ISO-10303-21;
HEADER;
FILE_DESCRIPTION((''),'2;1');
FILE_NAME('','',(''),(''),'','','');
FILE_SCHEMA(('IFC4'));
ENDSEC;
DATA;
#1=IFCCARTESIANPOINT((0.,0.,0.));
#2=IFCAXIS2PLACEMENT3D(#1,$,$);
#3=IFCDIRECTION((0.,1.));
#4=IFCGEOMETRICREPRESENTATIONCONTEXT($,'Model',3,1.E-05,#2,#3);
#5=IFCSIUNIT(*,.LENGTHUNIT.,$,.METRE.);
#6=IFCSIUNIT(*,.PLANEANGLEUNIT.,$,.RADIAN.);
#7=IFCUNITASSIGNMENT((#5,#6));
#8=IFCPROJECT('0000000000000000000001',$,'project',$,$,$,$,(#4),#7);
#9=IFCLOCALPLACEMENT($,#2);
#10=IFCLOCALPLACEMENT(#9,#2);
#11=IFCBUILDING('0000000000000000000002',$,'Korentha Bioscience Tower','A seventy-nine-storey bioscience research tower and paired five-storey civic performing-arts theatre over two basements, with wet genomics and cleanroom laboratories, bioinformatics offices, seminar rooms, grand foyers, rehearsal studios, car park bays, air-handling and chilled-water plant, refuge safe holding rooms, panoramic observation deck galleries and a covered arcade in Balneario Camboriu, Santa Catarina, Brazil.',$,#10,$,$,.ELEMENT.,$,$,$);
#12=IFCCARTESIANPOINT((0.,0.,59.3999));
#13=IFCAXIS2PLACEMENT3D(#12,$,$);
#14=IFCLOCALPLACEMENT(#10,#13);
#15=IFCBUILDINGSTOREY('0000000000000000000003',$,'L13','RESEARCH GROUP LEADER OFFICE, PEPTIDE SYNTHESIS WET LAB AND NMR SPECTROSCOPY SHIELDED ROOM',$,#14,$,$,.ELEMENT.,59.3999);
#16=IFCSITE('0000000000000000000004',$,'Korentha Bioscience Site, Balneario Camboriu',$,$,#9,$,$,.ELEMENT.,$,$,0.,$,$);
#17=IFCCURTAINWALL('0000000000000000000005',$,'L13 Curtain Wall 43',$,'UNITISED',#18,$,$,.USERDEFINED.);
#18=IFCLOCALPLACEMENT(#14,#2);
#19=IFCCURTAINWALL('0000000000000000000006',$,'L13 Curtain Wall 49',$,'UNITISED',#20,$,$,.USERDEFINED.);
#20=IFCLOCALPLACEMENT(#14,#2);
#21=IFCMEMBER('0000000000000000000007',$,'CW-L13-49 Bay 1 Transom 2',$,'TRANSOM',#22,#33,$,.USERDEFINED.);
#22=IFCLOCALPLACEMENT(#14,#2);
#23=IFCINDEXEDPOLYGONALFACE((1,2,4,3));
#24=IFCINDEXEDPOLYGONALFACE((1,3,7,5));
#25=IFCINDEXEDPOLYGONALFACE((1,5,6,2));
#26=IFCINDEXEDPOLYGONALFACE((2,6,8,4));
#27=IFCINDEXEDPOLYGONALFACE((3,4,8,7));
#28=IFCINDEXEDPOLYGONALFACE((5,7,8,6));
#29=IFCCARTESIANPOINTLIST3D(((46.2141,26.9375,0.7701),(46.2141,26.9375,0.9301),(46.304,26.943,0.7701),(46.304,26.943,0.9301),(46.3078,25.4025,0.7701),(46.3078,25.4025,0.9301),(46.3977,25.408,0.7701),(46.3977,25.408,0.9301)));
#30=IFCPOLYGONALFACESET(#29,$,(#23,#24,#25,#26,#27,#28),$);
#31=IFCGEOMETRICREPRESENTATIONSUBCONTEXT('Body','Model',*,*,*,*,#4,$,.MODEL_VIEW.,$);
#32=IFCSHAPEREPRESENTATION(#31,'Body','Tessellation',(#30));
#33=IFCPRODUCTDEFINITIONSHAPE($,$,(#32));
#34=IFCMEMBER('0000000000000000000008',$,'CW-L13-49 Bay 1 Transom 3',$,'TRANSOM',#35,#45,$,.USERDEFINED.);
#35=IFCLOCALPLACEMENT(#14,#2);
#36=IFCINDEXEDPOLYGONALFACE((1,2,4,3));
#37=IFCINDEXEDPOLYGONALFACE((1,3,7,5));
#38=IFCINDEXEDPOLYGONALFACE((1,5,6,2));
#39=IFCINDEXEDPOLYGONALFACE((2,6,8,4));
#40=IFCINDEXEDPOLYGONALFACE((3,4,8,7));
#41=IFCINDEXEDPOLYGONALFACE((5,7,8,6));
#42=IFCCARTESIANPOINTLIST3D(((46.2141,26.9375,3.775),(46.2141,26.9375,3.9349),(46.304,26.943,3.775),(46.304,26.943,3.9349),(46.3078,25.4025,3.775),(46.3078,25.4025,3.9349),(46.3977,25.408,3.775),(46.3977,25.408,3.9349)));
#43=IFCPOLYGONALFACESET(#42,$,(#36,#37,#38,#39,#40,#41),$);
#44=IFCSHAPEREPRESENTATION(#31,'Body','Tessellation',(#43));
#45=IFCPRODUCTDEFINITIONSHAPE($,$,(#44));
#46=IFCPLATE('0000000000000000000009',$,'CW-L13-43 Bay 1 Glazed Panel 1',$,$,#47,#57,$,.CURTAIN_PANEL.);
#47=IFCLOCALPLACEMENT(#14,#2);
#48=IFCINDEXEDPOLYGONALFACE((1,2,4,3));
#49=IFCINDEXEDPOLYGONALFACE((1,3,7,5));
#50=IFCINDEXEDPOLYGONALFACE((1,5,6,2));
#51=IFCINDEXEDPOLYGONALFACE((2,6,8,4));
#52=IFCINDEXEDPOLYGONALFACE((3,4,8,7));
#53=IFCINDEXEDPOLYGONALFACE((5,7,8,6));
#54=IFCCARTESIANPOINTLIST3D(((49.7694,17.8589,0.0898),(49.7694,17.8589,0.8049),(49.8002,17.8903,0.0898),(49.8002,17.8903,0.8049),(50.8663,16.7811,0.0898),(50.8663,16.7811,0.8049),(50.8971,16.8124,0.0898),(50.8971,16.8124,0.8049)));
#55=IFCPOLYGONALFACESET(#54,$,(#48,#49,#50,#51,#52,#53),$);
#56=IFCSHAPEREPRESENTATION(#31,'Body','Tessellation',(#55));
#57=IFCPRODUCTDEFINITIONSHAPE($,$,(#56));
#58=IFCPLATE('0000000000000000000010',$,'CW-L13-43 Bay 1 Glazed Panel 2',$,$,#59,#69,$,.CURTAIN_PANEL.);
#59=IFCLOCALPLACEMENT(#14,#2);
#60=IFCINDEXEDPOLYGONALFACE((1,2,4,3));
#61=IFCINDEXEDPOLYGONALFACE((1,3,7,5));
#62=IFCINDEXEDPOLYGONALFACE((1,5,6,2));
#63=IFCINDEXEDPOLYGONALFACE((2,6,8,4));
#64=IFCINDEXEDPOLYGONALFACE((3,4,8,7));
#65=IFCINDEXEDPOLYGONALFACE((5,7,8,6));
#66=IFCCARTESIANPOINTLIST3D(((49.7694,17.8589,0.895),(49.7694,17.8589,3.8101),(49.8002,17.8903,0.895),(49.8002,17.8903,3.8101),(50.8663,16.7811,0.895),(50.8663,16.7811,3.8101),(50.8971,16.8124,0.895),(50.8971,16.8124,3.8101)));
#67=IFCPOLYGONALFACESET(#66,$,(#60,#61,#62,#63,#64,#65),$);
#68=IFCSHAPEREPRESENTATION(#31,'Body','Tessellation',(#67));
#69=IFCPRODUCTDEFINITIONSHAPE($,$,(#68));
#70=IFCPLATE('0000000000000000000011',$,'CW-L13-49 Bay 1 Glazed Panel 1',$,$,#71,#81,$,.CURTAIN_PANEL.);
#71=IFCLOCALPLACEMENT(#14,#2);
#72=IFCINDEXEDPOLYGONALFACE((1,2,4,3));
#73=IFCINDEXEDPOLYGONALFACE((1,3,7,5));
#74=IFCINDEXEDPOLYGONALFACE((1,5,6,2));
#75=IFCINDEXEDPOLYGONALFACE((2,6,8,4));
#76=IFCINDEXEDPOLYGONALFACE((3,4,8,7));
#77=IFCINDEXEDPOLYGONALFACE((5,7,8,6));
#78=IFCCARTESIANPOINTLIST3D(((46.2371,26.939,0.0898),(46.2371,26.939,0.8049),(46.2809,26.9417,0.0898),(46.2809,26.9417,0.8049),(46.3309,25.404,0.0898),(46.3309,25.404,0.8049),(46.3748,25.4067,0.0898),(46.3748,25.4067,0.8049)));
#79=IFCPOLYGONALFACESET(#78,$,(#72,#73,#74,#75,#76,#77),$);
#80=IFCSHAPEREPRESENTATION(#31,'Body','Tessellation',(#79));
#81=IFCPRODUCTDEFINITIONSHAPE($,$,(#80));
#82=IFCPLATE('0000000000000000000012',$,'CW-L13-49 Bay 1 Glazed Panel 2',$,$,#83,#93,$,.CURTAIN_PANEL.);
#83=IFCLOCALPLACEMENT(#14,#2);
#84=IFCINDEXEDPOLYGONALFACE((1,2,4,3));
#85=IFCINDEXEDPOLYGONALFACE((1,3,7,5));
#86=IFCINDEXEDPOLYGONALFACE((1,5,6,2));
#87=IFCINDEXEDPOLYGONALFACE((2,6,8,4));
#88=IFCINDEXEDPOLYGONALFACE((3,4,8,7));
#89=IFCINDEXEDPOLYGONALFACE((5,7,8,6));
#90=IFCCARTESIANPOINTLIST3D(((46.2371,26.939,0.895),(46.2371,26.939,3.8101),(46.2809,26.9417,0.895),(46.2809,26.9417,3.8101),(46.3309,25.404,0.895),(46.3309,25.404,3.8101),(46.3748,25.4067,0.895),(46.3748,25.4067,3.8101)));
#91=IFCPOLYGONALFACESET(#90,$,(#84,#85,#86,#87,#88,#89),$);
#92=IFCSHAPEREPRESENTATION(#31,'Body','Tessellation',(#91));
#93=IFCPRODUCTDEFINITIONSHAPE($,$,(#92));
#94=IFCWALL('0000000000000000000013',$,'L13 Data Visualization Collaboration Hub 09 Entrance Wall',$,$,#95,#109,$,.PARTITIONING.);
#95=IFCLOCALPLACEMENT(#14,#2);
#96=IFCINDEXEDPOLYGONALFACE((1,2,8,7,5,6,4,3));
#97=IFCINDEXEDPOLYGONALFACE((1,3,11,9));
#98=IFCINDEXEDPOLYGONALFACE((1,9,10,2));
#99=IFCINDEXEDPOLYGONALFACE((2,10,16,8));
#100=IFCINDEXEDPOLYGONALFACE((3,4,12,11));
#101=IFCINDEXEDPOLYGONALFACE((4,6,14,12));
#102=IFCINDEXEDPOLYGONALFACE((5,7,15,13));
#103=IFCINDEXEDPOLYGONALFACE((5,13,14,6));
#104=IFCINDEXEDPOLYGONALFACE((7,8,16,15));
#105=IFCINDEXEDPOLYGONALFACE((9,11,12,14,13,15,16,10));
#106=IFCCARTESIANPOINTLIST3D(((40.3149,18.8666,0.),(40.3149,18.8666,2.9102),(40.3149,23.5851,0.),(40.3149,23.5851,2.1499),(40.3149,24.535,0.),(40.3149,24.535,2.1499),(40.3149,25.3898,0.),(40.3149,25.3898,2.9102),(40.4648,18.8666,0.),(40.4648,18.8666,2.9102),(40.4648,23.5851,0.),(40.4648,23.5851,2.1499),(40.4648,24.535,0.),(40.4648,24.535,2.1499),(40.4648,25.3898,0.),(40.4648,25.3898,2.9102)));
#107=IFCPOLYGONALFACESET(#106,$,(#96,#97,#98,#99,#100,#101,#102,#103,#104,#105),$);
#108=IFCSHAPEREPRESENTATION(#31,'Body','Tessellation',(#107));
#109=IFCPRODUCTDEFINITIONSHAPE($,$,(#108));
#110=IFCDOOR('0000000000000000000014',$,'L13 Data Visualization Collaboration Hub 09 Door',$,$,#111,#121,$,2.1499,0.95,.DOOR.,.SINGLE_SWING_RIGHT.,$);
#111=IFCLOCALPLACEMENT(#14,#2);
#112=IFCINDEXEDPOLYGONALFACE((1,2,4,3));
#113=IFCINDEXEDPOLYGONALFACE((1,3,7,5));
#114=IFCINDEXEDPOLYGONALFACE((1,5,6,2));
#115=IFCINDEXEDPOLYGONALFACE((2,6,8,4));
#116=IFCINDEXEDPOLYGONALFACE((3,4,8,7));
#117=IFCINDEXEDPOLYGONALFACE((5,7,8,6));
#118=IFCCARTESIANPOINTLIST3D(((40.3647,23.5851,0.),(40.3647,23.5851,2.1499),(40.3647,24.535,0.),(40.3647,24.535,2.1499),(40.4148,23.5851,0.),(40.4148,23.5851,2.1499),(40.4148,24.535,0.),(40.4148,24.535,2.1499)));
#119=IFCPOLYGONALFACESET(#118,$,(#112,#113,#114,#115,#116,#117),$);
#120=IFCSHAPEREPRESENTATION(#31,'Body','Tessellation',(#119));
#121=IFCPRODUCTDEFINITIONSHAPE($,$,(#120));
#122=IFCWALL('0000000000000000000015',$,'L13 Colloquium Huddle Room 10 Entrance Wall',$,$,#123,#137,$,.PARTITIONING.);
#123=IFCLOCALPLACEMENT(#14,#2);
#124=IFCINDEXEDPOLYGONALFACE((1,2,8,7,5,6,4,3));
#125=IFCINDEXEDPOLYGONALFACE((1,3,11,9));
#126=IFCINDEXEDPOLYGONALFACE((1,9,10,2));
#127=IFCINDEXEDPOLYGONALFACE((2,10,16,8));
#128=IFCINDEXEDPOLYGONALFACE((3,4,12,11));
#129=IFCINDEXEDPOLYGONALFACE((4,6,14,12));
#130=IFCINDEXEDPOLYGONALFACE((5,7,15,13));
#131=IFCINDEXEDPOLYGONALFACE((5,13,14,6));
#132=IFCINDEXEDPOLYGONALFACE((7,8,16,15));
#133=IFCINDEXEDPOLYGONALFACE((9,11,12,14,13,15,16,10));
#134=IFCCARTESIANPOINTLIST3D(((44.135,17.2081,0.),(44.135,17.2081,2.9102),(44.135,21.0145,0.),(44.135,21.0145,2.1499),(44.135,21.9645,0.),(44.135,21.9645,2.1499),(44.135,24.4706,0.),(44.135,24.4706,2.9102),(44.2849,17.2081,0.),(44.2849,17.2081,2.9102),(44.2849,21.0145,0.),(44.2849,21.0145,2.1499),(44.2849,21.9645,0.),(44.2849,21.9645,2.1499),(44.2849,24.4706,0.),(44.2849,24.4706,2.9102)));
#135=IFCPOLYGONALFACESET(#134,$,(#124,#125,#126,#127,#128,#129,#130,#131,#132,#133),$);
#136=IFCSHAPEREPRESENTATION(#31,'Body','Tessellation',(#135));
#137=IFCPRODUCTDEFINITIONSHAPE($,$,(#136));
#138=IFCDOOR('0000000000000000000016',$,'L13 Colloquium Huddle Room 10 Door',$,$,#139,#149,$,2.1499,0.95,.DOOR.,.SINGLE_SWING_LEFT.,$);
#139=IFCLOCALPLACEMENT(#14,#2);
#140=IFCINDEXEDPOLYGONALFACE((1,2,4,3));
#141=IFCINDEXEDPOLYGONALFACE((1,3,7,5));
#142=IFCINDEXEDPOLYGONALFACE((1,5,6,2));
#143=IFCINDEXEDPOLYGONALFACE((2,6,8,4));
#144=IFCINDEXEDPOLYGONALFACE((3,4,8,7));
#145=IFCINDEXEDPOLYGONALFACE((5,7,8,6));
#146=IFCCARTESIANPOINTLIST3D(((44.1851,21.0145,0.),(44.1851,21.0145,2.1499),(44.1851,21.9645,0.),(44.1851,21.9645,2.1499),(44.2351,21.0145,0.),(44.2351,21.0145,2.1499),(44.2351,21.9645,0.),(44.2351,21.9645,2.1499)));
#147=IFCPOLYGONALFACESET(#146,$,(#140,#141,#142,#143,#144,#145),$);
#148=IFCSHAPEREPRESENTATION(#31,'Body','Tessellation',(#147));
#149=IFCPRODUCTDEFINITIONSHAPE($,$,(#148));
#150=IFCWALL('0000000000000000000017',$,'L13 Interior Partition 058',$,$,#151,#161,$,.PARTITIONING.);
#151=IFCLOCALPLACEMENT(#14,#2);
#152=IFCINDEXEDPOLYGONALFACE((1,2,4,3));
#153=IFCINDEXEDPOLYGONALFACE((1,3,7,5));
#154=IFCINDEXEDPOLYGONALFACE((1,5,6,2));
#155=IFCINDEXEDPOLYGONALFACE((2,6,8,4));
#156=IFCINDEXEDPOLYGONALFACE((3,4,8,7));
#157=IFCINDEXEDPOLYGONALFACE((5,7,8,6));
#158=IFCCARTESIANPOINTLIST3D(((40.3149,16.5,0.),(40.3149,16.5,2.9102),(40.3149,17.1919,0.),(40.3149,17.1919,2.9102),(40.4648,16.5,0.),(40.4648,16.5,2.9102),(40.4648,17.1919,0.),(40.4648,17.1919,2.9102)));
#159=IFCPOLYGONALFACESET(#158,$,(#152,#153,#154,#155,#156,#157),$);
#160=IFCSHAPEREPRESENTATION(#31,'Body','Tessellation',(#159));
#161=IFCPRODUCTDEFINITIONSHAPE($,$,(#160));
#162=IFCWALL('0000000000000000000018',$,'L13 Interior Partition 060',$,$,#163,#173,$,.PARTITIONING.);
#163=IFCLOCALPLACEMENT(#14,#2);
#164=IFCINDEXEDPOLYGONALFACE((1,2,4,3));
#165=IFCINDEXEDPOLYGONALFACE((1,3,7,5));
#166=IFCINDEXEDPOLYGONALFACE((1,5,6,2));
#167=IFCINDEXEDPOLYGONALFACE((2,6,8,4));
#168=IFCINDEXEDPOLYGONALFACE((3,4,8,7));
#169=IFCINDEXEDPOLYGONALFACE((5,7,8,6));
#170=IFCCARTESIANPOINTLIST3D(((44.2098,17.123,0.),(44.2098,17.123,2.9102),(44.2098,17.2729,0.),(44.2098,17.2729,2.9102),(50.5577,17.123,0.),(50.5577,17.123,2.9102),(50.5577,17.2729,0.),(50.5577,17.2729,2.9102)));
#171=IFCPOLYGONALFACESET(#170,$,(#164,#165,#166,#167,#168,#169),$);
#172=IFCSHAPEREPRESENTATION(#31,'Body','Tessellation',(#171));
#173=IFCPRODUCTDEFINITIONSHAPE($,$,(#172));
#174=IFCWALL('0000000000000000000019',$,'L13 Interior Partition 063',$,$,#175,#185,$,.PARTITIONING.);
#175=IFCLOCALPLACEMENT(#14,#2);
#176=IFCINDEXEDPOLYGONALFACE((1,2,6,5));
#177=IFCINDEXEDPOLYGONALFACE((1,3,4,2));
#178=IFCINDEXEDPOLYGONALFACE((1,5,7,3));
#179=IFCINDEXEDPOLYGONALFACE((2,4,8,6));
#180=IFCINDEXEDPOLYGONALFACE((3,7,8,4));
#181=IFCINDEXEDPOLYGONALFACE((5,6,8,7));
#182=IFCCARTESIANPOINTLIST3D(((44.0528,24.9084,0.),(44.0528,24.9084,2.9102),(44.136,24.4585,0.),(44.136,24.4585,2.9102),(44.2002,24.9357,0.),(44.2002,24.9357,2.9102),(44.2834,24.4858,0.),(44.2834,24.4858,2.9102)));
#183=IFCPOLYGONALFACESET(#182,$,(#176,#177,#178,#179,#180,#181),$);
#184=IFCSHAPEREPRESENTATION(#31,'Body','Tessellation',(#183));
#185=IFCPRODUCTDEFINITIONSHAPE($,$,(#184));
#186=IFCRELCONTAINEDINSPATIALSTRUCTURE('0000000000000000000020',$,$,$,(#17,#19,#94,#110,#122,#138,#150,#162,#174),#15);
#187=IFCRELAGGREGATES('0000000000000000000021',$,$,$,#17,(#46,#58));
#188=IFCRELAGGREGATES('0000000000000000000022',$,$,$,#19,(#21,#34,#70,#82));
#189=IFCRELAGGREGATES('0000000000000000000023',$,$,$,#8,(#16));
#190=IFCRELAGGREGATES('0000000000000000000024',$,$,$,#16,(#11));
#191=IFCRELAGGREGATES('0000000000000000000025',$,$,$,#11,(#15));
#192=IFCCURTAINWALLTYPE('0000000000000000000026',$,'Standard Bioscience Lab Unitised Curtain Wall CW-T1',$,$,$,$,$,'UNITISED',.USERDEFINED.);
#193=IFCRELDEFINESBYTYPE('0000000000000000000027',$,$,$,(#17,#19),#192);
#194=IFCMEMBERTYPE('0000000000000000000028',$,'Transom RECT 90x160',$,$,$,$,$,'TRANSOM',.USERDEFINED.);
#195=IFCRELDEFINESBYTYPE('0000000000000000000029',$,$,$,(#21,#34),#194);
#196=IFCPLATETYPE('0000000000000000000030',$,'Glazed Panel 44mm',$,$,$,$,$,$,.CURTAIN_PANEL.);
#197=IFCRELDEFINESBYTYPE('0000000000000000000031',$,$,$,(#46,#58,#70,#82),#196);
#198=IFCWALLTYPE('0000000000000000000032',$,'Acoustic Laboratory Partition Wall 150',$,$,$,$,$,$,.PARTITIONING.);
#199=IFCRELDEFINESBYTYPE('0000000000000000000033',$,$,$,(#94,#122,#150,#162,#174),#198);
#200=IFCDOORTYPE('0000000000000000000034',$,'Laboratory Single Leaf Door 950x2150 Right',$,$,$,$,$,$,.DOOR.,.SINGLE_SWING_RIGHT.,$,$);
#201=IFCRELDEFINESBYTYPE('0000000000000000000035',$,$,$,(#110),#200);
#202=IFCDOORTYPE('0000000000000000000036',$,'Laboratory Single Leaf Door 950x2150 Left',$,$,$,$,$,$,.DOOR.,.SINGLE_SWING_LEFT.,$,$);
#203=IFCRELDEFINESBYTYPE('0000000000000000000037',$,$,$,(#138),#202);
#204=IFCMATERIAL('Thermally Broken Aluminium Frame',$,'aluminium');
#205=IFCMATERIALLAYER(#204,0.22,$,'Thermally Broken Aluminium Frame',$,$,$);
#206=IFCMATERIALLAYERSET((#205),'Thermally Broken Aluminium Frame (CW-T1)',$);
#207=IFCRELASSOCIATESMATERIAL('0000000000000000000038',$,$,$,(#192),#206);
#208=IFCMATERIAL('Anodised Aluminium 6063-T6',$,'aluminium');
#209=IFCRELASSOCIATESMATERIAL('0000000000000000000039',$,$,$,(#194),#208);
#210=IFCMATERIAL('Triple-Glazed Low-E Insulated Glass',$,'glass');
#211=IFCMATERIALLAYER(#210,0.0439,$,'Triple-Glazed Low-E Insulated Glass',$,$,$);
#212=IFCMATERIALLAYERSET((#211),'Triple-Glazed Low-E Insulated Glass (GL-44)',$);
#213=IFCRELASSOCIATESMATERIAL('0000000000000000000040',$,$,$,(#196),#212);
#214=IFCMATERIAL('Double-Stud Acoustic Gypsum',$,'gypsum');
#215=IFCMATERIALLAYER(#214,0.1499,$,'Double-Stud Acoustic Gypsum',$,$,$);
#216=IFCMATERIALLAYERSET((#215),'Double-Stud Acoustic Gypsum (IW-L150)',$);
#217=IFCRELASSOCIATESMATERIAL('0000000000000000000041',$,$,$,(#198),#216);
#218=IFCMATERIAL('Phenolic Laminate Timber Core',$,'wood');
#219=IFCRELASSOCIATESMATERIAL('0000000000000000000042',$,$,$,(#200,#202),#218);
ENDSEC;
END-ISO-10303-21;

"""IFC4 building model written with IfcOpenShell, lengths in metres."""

from ifc_helpers import new_model, si_unit, direction, frame, frame_2d, origin, origin_2d, place, context, subcontext, project, spatial, rectangle, extrude, material, layer, layer_set, material_profile, profile_set, type_object, element, fill, aggregate, save


model = new_model("IFC4")

# Units and contexts
model_context = context("Model", 3, precision=1e-05, world=origin(), true_north=direction((0.0, 1.0)))
body_context = subcontext(model_context, "Body", "Model", "MODEL_VIEW")
ifc_project = project(units=[si_unit("LENGTHUNIT", "METRE"), si_unit("PLANEANGLEUNIT", "RADIAN")], contexts=[model_context])

# Site, building, storey
site_placement = place(None, origin())
site = spatial("IfcSite", under=ifc_project, at=site_placement, Name="Korentha Bioscience Site, Balneario Camboriu", CompositionType="ELEMENT", RefElevation=0.0)
building_placement = place(site_placement, origin())
building = spatial("IfcBuilding", under=site, at=building_placement, Name="Korentha Bioscience Tower", Description="A seventy-nine-storey bioscience research tower and paired five-storey civic performing-arts theatre over two basements, with wet genomics and cleanroom laboratories, bioinformatics offices, seminar rooms, grand foyers, rehearsal studios, car park bays, air-handling and chilled-water plant, refuge safe holding rooms, panoramic observation deck galleries and a covered arcade in Balneario Camboriu, Santa Catarina, Brazil.", CompositionType="ELEMENT")
storey_placement = place(building_placement, frame((0.0, 0.0, 59.3999)))
storey = spatial("IfcBuildingStorey", under=building, at=storey_placement, Name="L13", Description="RESEARCH GROUP LEADER OFFICE, PEPTIDE SYNTHESIS WET LAB AND NMR SPECTROSCOPY SHIELDED ROOM", CompositionType="ELEMENT", Elevation=59.3999)

# Curtain walls
ifc_material_1 = material(Name="Thermally Broken Aluminium Frame", Category="aluminium")
ifc_layer_1 = layer(ifc_material_1, 0.22, Name="Thermally Broken Aluminium Frame")
ifc_layer_set_1 = layer_set([ifc_layer_1], Name="Thermally Broken Aluminium Frame (CW-T1)")
curtain_wall_type = type_object("IfcCurtainWallType", Name="Standard Bioscience Lab Unitised Curtain Wall CW-T1", ElementType="UNITISED", PredefinedType="USERDEFINED", material=ifc_layer_set_1)
curtain_wall_1_placement = place(storey_placement, origin())
curtain_wall_1 = element("IfcCurtainWall", 1, at=curtain_wall_1_placement, inside=storey, type_object=curtain_wall_type, Name="L13 Curtain Wall 43", ObjectType="UNITISED", PredefinedType="USERDEFINED")
ifc_material_2 = material(Name="Anodised Aluminium 6063-T6", Category="aluminium")
curtain_wall_2_placement = place(storey_placement, origin())
curtain_wall_2 = element("IfcCurtainWall", 2, at=curtain_wall_2_placement, inside=storey, type_object=curtain_wall_type, Name="L13 Curtain Wall 49", ObjectType="UNITISED", PredefinedType="USERDEFINED")

# Members
ifc_material_profile_1 = material_profile(ifc_material_2, rectangle(XDim=0.0901, YDim=0.1599, at=origin_2d()), Name="Anodised Aluminium 6063-T6")
ifc_profile_set_1 = profile_set([ifc_material_profile_1], Name="Anodised Aluminium 6063-T6 (CW-TRN)")
member_type_1 = type_object("IfcMemberType", Name="Transom RECT 90x160", ElementType="TRANSOM", PredefinedType="USERDEFINED", material=ifc_profile_set_1)
member_1_placement = place(storey_placement, frame((46.3528, 25.4053, 0.8501), z_axis=(-0.060965, 0.99814, 0.0), x_axis=(-0.99814, -0.060965, 0.0)))
member_1 = element("IfcMember", 3, at=member_1_placement, type_object=member_type_1, Name="CW-L13-49 Bay 1 Transom 2", ObjectType="TRANSOM", PredefinedType="USERDEFINED", context=body_context, shape_type="SweptSolid", body=[
    extrude(rectangle(XDim=0.0901, YDim=0.1599, at=origin_2d()), origin(), (0.0, 0.0, 1.0), 1.5378),
])
member_2_placement = place(storey_placement, frame((46.3528, 25.4053, 3.855), z_axis=(-0.060965, 0.99814, 0.0), x_axis=(-0.99814, -0.060965, 0.0)))
member_2 = element("IfcMember", 4, at=member_2_placement, type_object=member_type_1, Name="CW-L13-49 Bay 1 Transom 3", ObjectType="TRANSOM", PredefinedType="USERDEFINED", context=body_context, shape_type="SweptSolid", body=[
    extrude(rectangle(XDim=0.0901, YDim=0.1599, at=origin_2d()), origin(), (0.0, 0.0, 1.0), 1.5378),
])

# Plates
ifc_material_3 = material(Name="Triple-Glazed Low-E Insulated Glass", Category="glass")
ifc_layer_2 = layer(ifc_material_3, 0.0439, Name="Triple-Glazed Low-E Insulated Glass")
ifc_layer_set_2 = layer_set([ifc_layer_2], Name="Triple-Glazed Low-E Insulated Glass (GL-44)")
plate_type = type_object("IfcPlateType", Name="Glazed Panel 44mm", PredefinedType="CURTAIN_PANEL", material=ifc_layer_set_2)
plate_1_placement = place(storey_placement, frame((50.3333, 17.3357, 0.0898), z_axis=(0.0, 0.0, 1.0), x_axis=(-0.713279, 0.70088, 0.0)))
plate_1 = element("IfcPlate", 5, at=plate_1_placement, type_object=plate_type, Name="CW-L13-43 Bay 1 Glazed Panel 1", PredefinedType="CURTAIN_PANEL", context=body_context, shape_type="SweptSolid", body=[
    extrude(rectangle(XDim=1.5378, YDim=0.0439, at=origin_2d()), origin(), (0.0, 0.0, 1.0), 0.7151),
])
plate_2_placement = place(storey_placement, frame((50.3333, 17.3357, 0.895), z_axis=(0.0, 0.0, 1.0), x_axis=(-0.713279, 0.70088, 0.0)))
plate_2 = element("IfcPlate", 6, at=plate_2_placement, type_object=plate_type, Name="CW-L13-43 Bay 1 Glazed Panel 2", PredefinedType="CURTAIN_PANEL", context=body_context, shape_type="SweptSolid", body=[
    extrude(rectangle(XDim=1.5378, YDim=0.0439, at=origin_2d()), origin(), (0.0, 0.0, 1.0), 2.915),
])
aggregate(curtain_wall_1, [plate_1, plate_2])
plate_3_placement = place(storey_placement, frame((46.3059, 26.1729, 0.0898), z_axis=(0.0, 0.0, 1.0), x_axis=(-0.061008, 0.998137, 0.0)))
plate_3 = element("IfcPlate", 7, at=plate_3_placement, type_object=plate_type, Name="CW-L13-49 Bay 1 Glazed Panel 1", PredefinedType="CURTAIN_PANEL", context=body_context, shape_type="SweptSolid", body=[
    extrude(rectangle(XDim=1.5378, YDim=0.0439, at=origin_2d()), origin(), (0.0, 0.0, 1.0), 0.7151),
])
plate_4_placement = place(storey_placement, frame((46.3059, 26.1729, 0.895), z_axis=(0.0, 0.0, 1.0), x_axis=(-0.061008, 0.998137, 0.0)))
plate_4 = element("IfcPlate", 8, at=plate_4_placement, type_object=plate_type, Name="CW-L13-49 Bay 1 Glazed Panel 2", PredefinedType="CURTAIN_PANEL", context=body_context, shape_type="SweptSolid", body=[
    extrude(rectangle(XDim=1.5378, YDim=0.0439, at=origin_2d()), origin(), (0.0, 0.0, 1.0), 2.915),
])
aggregate(curtain_wall_2, [member_1, member_2, plate_3, plate_4])

# Walls, openings, doors
ifc_material_4 = material(Name="Double-Stud Acoustic Gypsum", Category="gypsum")
ifc_layer_3 = layer(ifc_material_4, 0.1499, Name="Double-Stud Acoustic Gypsum")
ifc_layer_set_3 = layer_set([ifc_layer_3], Name="Double-Stud Acoustic Gypsum (IW-L150)")
wall_type_1 = type_object("IfcWallType", Name="Acoustic Laboratory Partition Wall 150", PredefinedType="PARTITIONING", material=ifc_layer_set_3)
wall_1_placement = place(storey_placement, frame((40.3899, 25.3899, 0.0), z_axis=(0.0, 0.0, 1.0), x_axis=(0.0, -1.0, 0.0)))
wall_1 = element("IfcWall", 9, at=wall_1_placement, inside=storey, type_object=wall_type_1, Name="L13 Data Visualization Collaboration Hub 09 Entrance Wall", PredefinedType="PARTITIONING", context=body_context, shape_type="SweptSolid", body=[
    extrude(rectangle(XDim=6.5232, YDim=0.1499, at=frame_2d((3.2617, 0.0))), origin(), (0.0, 0.0, 1.0), 2.9102),
])
opening_1_placement = place(wall_1_placement, frame((0.8547, 0.0, 0.0)))
opening_1 = element("IfcOpeningElement", 10, at=opening_1_placement, cuts=wall_1, PredefinedType="OPENING", context=body_context, shape_type="SweptSolid", body=[
    extrude(rectangle(XDim=0.95, YDim=2.1499, at=frame_2d((0.4751, 1.075))), frame((0.0, 0.0898, 0.0), z_axis=(0.0, -1.0, 0.0), x_axis=(1.0, 0.0, 0.0)), (0.0, 0.0, 1.0), 0.1797),
])
ifc_material_5 = material(Name="Phenolic Laminate Timber Core", Category="wood")
door_type_1 = type_object("IfcDoorType", Name="Laboratory Single Leaf Door 950x2150 Right", OperationType="SINGLE_SWING_RIGHT", PredefinedType="DOOR", material=ifc_material_5)
door_1_placement = place(opening_1_placement, origin())
door_1 = element("IfcDoor", 11, at=door_1_placement, inside=storey, type_object=door_type_1, Name="L13 Data Visualization Collaboration Hub 09 Door", OperationType="SINGLE_SWING_RIGHT", OverallHeight=2.1499, OverallWidth=0.95, PredefinedType="DOOR", context=body_context, shape_type="SweptSolid", body=[
    extrude(rectangle(XDim=0.95, YDim=2.1499, at=frame_2d((0.4751, 1.075))), frame((0.0, 0.0249, 0.0), z_axis=(0.0, -1.0, 0.0), x_axis=(1.0, 0.0, 0.0)), (0.0, 0.0, 1.0), 0.05),
])
fill(opening_1, door_1)
wall_2_placement = place(storey_placement, frame((44.21, 17.208, 0.0), z_axis=(0.0, 0.0, 1.0), x_axis=(0.0, 1.0, 0.0)))
wall_2 = element("IfcWall", 12, at=wall_2_placement, inside=storey, type_object=wall_type_1, Name="L13 Colloquium Huddle Room 10 Entrance Wall", PredefinedType="PARTITIONING", context=body_context, shape_type="SweptSolid", body=[
    extrude(rectangle(XDim=7.2625, YDim=0.1499, at=frame_2d((3.6313, 0.0))), origin(), (0.0, 0.0, 1.0), 2.9102),
])
opening_2_placement = place(wall_2_placement, frame((3.8064, 0.0, 0.0)))
opening_2 = element("IfcOpeningElement", 13, at=opening_2_placement, cuts=wall_2, PredefinedType="OPENING", context=body_context, shape_type="SweptSolid", body=[
    extrude(rectangle(XDim=0.95, YDim=2.1499, at=frame_2d((0.4751, 1.075))), frame((0.0, 0.0898, 0.0), z_axis=(0.0, -1.0, 0.0), x_axis=(1.0, 0.0, 0.0)), (0.0, 0.0, 1.0), 0.1797),
])
door_type_2 = type_object("IfcDoorType", Name="Laboratory Single Leaf Door 950x2150 Left", OperationType="SINGLE_SWING_LEFT", PredefinedType="DOOR", material=ifc_material_5)
door_2_placement = place(opening_2_placement, origin())
door_2 = element("IfcDoor", 14, at=door_2_placement, inside=storey, type_object=door_type_2, Name="L13 Colloquium Huddle Room 10 Door", OperationType="SINGLE_SWING_LEFT", OverallHeight=2.1499, OverallWidth=0.95, PredefinedType="DOOR", context=body_context, shape_type="SweptSolid", body=[
    extrude(rectangle(XDim=0.95, YDim=2.1499, at=frame_2d((0.4751, 1.075))), frame((0.0, 0.0249, 0.0), z_axis=(0.0, -1.0, 0.0), x_axis=(1.0, 0.0, 0.0)), (0.0, 0.0, 1.0), 0.05),
])
fill(opening_2, door_2)

# Walls
wall_3_placement = place(storey_placement, frame((40.3899, 17.1919, 0.0), z_axis=(0.0, 0.0, 1.0), x_axis=(0.0, -1.0, 0.0)))
element("IfcWall", 15, at=wall_3_placement, inside=storey, type_object=wall_type_1, Name="L13 Interior Partition 058", PredefinedType="PARTITIONING", context=body_context, shape_type="SweptSolid", body=[
    extrude(rectangle(XDim=0.6919, YDim=0.1499, at=frame_2d((0.3459, 0.0))), origin(), (0.0, 0.0, 1.0), 2.9102),
])
wall_4_placement = place(storey_placement, frame((44.21, 17.198, 0.0), z_axis=(0.0, 0.0, 1.0), x_axis=(1.0, 0.0, 0.0)))
element("IfcWall", 16, at=wall_4_placement, inside=storey, type_object=wall_type_1, Name="L13 Interior Partition 060", PredefinedType="PARTITIONING", context=body_context, shape_type="SweptSolid", body=[
    extrude(rectangle(XDim=6.3479, YDim=0.1499, at=frame_2d((3.1738, 0.0))), origin(), (0.0, 0.0, 1.0), 2.9102),
])
wall_5_placement = place(storey_placement, frame((44.2097, 24.4722, 0.0), z_axis=(0.0, 0.0, 1.0), x_axis=(-0.181936, 0.98331, 0.0)))
element("IfcWall", 17, at=wall_5_placement, inside=storey, type_object=wall_type_1, Name="L13 Interior Partition 063", PredefinedType="PARTITIONING", context=body_context, shape_type="SweptSolid", body=[
    extrude(rectangle(XDim=0.4575, YDim=0.1499, at=frame_2d((0.2288, 0.0))), origin(), (0.0, 0.0, 1.0), 2.9102),
])

save(model, "model.ifc")
